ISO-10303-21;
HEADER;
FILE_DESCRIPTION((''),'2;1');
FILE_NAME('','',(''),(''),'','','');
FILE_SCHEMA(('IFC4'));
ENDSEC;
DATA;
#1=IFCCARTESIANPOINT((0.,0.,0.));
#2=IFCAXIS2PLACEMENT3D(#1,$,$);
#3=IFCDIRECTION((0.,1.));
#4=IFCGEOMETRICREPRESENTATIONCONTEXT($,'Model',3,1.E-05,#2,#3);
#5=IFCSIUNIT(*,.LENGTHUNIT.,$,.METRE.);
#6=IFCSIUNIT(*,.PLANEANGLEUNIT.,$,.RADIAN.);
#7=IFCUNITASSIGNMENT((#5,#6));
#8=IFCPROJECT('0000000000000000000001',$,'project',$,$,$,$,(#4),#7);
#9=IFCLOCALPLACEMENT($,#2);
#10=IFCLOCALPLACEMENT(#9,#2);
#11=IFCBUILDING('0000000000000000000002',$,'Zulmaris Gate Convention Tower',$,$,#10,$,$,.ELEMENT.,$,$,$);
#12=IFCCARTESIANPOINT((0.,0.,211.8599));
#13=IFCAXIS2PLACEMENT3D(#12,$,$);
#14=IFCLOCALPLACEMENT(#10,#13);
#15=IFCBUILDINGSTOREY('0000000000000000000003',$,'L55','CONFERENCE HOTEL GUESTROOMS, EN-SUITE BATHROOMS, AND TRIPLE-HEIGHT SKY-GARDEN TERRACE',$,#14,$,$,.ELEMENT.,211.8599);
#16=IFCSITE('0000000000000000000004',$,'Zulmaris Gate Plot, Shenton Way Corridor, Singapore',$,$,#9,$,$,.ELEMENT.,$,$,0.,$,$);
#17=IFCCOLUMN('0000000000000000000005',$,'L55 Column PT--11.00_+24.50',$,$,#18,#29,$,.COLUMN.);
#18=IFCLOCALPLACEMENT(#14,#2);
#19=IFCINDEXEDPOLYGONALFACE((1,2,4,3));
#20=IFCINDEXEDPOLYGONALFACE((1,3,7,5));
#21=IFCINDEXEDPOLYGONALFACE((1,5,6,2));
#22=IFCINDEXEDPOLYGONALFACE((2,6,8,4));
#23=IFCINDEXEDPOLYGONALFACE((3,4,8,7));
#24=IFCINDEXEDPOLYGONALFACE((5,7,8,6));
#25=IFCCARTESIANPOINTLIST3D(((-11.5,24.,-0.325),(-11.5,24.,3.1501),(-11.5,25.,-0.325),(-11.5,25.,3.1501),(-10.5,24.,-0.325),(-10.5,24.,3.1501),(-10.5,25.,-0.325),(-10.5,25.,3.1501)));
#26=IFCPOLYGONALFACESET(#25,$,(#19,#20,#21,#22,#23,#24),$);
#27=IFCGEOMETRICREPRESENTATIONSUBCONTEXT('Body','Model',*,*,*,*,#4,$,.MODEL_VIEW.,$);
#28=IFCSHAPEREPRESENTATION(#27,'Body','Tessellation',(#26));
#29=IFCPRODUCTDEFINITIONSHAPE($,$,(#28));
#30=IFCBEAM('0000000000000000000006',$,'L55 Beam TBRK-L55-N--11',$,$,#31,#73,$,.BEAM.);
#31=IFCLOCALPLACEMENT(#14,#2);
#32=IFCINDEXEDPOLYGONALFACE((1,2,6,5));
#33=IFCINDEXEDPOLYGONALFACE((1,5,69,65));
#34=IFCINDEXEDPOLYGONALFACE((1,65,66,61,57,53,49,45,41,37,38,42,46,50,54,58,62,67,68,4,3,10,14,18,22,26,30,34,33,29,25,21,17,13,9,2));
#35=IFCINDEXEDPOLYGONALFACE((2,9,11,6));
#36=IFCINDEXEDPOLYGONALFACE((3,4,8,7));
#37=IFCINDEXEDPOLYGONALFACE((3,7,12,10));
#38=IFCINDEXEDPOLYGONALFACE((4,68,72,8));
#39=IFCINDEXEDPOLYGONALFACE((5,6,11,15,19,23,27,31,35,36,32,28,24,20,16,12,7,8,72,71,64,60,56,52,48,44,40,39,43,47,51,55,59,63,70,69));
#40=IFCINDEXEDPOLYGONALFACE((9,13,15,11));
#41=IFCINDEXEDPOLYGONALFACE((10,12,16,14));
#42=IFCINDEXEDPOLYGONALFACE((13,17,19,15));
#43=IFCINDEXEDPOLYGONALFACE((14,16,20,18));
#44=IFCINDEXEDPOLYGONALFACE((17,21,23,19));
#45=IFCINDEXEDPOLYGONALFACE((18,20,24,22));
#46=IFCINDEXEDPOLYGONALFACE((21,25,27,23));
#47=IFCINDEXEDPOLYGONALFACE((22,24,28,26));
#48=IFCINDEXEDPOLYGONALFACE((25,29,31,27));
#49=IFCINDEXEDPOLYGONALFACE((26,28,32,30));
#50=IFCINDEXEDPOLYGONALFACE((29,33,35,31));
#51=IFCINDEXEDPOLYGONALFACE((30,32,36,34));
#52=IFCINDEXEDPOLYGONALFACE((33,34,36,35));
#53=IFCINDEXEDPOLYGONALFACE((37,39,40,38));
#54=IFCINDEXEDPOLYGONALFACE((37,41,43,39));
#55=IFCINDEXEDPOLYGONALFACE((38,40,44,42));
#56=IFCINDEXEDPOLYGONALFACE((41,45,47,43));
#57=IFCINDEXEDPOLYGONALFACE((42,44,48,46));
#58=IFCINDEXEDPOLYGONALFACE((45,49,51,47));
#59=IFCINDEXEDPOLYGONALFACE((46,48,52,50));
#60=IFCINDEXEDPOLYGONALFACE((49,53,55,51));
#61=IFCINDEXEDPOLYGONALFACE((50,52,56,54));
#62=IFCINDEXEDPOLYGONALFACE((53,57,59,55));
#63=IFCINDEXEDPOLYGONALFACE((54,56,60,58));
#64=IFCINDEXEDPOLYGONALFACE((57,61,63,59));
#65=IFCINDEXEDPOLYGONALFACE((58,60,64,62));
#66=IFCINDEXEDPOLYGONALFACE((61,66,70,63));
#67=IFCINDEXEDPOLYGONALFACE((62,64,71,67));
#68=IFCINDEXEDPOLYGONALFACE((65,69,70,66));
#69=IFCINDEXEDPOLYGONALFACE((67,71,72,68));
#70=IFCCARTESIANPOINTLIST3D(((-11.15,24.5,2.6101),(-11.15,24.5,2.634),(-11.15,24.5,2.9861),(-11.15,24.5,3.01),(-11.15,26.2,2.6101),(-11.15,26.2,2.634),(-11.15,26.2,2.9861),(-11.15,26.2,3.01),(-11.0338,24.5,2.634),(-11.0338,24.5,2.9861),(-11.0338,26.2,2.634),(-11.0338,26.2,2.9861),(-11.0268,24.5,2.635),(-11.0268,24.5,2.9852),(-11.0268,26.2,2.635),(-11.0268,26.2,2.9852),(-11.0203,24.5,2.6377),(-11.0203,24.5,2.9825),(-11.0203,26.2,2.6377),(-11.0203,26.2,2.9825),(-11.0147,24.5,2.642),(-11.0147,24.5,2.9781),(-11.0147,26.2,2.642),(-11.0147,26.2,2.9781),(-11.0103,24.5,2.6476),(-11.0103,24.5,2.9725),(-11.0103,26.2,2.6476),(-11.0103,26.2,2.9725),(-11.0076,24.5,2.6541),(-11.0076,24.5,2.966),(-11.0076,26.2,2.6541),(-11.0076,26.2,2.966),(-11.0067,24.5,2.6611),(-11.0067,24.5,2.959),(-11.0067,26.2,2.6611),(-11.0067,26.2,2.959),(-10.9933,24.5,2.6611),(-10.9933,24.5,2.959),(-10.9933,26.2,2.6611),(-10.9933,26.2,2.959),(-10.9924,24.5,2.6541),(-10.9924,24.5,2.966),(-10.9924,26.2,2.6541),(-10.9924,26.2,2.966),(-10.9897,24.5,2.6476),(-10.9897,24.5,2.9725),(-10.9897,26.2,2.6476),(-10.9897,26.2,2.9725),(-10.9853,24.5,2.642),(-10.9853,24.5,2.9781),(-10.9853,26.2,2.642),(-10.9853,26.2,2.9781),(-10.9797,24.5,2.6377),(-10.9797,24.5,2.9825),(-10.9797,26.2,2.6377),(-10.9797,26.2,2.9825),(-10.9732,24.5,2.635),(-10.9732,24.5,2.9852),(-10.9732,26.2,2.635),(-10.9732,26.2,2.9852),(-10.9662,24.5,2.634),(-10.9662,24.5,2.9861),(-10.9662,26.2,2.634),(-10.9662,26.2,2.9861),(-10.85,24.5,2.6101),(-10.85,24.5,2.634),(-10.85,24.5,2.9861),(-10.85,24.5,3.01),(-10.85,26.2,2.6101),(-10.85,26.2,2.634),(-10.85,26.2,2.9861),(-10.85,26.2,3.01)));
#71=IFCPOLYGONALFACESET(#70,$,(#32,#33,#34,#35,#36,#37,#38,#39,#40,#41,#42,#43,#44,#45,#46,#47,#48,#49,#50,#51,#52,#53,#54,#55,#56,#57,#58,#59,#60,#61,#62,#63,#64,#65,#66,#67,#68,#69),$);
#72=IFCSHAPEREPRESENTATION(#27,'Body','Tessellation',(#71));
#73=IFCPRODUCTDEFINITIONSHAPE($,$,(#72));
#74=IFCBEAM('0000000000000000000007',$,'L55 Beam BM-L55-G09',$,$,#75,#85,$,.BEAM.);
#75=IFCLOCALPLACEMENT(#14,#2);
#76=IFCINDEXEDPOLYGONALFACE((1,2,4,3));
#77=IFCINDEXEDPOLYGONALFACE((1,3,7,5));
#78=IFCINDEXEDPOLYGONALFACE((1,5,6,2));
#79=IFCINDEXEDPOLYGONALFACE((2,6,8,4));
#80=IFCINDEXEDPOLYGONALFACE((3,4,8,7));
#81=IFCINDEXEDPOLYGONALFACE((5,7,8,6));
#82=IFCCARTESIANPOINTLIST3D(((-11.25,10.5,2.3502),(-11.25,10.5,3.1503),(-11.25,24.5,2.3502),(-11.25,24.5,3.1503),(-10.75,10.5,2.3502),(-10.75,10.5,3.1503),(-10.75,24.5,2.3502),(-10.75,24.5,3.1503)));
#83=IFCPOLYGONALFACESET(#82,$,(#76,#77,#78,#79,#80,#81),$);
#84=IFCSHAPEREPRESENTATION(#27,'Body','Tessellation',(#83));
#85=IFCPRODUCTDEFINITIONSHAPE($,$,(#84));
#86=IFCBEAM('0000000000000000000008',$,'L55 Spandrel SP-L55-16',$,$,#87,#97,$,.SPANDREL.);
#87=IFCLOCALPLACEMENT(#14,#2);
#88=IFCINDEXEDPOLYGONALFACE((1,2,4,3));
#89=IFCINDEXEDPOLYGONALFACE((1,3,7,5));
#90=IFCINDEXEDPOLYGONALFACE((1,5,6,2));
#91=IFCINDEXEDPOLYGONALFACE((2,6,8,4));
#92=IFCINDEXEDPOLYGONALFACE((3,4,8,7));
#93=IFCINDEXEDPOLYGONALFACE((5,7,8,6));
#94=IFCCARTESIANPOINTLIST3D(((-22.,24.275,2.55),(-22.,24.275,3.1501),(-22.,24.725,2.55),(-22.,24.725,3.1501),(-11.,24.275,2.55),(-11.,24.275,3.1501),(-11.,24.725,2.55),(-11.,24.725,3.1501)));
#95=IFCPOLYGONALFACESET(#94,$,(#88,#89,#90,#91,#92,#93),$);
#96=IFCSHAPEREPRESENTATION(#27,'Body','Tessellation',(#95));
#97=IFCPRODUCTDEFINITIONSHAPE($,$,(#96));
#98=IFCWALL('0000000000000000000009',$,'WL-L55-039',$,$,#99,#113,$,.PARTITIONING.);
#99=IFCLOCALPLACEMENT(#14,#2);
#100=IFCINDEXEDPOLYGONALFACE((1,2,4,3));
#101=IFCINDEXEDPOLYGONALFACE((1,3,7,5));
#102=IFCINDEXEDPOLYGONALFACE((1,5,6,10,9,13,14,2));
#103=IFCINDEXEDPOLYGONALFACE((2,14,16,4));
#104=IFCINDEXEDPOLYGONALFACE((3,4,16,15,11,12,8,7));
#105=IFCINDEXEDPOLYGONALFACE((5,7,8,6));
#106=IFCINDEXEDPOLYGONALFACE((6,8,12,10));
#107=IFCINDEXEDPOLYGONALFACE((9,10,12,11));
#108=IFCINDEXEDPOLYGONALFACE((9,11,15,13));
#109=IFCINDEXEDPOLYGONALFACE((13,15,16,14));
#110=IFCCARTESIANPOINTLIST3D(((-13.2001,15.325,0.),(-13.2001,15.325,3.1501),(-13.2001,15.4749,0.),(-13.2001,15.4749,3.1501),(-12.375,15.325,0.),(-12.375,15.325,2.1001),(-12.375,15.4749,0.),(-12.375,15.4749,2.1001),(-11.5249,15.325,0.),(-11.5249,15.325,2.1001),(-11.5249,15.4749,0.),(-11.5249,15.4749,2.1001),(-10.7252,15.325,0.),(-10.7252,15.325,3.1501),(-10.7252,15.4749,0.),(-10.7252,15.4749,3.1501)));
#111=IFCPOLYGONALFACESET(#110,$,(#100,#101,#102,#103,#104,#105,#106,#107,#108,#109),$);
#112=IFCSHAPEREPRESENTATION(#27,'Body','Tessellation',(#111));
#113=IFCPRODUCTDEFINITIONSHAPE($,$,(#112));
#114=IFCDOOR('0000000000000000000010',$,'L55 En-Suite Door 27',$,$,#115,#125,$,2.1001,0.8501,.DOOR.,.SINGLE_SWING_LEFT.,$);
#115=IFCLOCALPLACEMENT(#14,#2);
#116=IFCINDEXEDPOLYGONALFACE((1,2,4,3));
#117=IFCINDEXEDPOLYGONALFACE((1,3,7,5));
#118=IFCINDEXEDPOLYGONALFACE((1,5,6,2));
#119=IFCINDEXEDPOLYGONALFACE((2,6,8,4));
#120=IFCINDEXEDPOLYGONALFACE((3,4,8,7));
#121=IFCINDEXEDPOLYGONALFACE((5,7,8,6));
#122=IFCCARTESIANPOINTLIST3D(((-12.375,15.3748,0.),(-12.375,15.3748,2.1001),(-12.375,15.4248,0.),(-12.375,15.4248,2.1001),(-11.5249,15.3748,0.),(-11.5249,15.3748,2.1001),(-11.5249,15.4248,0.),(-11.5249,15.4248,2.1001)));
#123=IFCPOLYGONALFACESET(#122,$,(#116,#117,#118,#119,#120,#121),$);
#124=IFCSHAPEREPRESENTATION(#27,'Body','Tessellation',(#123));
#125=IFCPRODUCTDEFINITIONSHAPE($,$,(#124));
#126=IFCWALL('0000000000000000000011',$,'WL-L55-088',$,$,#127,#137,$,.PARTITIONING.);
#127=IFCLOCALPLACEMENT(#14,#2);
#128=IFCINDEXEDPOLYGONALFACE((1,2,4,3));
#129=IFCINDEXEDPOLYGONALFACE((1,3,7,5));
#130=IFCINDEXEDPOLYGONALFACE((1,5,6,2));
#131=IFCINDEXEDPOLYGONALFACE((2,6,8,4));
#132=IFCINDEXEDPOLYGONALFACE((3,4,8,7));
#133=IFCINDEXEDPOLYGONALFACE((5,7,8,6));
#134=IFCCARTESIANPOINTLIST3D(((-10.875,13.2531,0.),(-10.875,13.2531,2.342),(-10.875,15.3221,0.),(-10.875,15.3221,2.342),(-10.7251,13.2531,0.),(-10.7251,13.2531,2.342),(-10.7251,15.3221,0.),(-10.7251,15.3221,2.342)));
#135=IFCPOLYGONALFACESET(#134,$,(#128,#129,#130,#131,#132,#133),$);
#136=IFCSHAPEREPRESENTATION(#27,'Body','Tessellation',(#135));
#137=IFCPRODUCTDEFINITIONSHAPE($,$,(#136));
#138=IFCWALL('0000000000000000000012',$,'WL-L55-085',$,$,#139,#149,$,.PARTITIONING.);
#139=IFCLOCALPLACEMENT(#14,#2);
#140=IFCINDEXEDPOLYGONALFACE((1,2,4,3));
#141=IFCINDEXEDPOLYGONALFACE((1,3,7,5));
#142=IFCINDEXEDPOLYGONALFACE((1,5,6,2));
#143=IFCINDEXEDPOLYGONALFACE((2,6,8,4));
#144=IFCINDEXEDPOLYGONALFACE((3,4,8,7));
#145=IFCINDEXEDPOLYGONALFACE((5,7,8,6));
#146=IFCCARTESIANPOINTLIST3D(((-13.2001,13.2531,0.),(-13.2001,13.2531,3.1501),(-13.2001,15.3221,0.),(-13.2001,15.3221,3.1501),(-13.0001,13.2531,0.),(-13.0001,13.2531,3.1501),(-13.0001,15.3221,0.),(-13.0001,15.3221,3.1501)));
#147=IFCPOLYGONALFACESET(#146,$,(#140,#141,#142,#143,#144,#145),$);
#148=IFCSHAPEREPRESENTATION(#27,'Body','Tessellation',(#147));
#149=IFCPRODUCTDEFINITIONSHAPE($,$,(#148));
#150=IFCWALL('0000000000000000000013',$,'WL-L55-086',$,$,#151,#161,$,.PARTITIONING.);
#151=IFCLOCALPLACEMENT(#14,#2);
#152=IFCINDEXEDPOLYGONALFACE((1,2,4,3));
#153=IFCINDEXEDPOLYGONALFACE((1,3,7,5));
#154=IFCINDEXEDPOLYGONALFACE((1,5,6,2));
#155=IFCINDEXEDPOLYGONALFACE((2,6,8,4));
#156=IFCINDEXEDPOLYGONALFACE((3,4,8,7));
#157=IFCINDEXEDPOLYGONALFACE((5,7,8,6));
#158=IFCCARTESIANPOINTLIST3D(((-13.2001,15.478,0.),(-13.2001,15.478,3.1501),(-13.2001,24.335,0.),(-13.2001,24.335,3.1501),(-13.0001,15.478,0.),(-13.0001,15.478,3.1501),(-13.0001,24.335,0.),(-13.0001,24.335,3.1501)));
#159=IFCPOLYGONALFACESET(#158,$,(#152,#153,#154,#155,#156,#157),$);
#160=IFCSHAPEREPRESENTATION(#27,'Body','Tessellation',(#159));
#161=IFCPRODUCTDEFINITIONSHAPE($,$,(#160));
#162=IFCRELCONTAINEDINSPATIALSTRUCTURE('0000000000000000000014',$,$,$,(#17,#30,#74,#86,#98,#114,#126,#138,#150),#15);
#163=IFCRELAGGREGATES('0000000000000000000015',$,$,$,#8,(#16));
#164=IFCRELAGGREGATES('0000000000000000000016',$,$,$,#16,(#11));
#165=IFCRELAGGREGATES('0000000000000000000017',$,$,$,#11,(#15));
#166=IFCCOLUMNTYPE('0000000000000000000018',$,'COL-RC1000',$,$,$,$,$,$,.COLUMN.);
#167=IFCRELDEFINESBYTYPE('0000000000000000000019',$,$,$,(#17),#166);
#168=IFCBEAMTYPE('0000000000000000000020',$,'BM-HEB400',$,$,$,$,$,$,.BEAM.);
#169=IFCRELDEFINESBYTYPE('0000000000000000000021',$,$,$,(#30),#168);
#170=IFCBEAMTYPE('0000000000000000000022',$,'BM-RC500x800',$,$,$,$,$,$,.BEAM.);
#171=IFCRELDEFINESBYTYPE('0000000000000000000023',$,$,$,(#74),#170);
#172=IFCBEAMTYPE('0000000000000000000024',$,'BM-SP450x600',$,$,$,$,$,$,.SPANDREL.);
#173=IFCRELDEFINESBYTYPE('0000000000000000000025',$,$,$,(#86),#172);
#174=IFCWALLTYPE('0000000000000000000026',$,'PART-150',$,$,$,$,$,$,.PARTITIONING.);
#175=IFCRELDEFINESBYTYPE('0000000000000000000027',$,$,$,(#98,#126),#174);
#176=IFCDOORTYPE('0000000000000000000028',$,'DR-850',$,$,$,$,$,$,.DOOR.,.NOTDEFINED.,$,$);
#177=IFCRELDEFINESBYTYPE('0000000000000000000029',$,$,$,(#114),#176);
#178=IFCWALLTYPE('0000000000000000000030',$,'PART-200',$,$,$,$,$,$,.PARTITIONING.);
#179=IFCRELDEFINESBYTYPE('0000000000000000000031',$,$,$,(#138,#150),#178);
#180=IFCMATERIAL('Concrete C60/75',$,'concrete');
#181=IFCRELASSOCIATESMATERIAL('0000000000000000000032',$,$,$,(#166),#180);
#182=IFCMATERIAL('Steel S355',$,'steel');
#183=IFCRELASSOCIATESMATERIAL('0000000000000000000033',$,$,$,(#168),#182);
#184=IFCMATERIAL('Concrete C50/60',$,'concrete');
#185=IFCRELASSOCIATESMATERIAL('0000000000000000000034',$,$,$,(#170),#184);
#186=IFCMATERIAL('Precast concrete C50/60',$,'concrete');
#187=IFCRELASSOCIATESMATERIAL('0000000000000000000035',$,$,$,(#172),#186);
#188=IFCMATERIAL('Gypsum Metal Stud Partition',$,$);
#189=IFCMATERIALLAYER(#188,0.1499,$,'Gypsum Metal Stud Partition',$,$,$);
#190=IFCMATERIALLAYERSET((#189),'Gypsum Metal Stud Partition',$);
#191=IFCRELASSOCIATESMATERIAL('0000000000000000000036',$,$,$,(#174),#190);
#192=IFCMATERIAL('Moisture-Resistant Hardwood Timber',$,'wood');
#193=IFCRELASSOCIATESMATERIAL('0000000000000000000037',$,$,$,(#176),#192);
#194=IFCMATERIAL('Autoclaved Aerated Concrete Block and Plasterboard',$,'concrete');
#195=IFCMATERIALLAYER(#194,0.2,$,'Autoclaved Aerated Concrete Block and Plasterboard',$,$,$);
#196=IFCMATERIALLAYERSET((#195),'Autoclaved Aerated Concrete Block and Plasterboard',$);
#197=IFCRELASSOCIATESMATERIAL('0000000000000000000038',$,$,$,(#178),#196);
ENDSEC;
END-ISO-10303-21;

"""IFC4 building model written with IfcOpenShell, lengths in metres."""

from ifc_helpers import new_model, si_unit, direction, frame, frame_2d, origin, origin_2d, place, context, subcontext, project, spatial, rectangle, i_section, extrude, material, layer, layer_set, material_profile, profile_set, type_object, element, fill, save


model = new_model("IFC4")

# Units and contexts
model_context = context("Model", 3, precision=1e-05, world=origin(), true_north=direction((0.0, 1.0)))
body_context = subcontext(model_context, "Body", "Model", "MODEL_VIEW")
ifc_project = project(units=[si_unit("LENGTHUNIT", "METRE"), si_unit("PLANEANGLEUNIT", "RADIAN")], contexts=[model_context])

# Site, building, storey
site_placement = place(None, origin())
site = spatial("IfcSite", under=ifc_project, at=site_placement, Name="Zulmaris Gate Plot, Shenton Way Corridor, Singapore", CompositionType="ELEMENT", RefElevation=0.0)
building_placement = place(site_placement, origin())
building = spatial("IfcBuilding", under=site, at=building_placement, Name="Zulmaris Gate Convention Tower", CompositionType="ELEMENT")
storey_placement = place(building_placement, frame((0.0, 0.0, 211.8599)))
storey = spatial("IfcBuildingStorey", under=building, at=storey_placement, Name="L55", Description="CONFERENCE HOTEL GUESTROOMS, EN-SUITE BATHROOMS, AND TRIPLE-HEIGHT SKY-GARDEN TERRACE", CompositionType="ELEMENT", Elevation=211.8599)

# Column
ifc_material_1 = material(Name="Concrete C60/75", Category="concrete")
ifc_material_profile_1 = material_profile(ifc_material_1, rectangle(XDim=1.0, YDim=1.0, at=origin_2d()), Name="RC COL 1000x1000")
ifc_profile_set_1 = profile_set([ifc_material_profile_1], Name="Concrete C60/75")
column_type = type_object("IfcColumnType", Name="COL-RC1000", PredefinedType="COLUMN", material=ifc_profile_set_1)
column_placement = place(storey_placement, frame((-11.0, 24.5, -0.325), z_axis=(0.0, 0.0, 1.0), x_axis=(1.0, 0.0, 0.0)))
element("IfcColumn", 1, at=column_placement, inside=storey, type_object=column_type, Name="L55 Column PT--11.00_+24.50", PredefinedType="COLUMN", context=body_context, shape_type="SweptSolid", body=[
    extrude(rectangle(XDim=1.0, YDim=1.0, at=origin_2d()), origin(), (0.0, 0.0, 1.0), 3.4751),
])

# Beams
ifc_material_2 = material(Name="Steel S355", Category="steel")
ifc_material_profile_2 = material_profile(ifc_material_2, i_section(OverallWidth=0.3, OverallDepth=0.3999, WebThickness=0.0134, FlangeThickness=0.0239, FilletRadius=0.0271, at=origin_2d()), Name="HEB 400")
ifc_profile_set_2 = profile_set([ifc_material_profile_2], Name="Steel S355")
beam_type_1 = type_object("IfcBeamType", Name="BM-HEB400", PredefinedType="BEAM", material=ifc_profile_set_2)
beam_1_placement = place(storey_placement, frame((-11.0, 24.5, 2.8101), z_axis=(0.0, 1.0, 0.0), x_axis=(-1.0, 0.0, 0.0)))
element("IfcBeam", 2, at=beam_1_placement, inside=storey, type_object=beam_type_1, Name="L55 Beam TBRK-L55-N--11", PredefinedType="BEAM", context=body_context, shape_type="SweptSolid", body=[
    extrude(i_section(OverallWidth=0.3, OverallDepth=0.3999, WebThickness=0.0134, FlangeThickness=0.0239, FilletRadius=0.0271, at=origin_2d()), origin(), (0.0, 0.0, 1.0), 1.7),
])
ifc_material_3 = material(Name="Concrete C50/60", Category="concrete")
ifc_material_profile_3 = material_profile(ifc_material_3, rectangle(XDim=0.5, YDim=0.8, at=origin_2d()), Name="RC BEAM 500x800")
ifc_profile_set_3 = profile_set([ifc_material_profile_3], Name="Concrete C50/60")
beam_type_2 = type_object("IfcBeamType", Name="BM-RC500x800", PredefinedType="BEAM", material=ifc_profile_set_3)
beam_2_placement = place(storey_placement, frame((-11.0, 10.5, 2.7502), z_axis=(0.0, 1.0, 0.0), x_axis=(-1.0, 0.0, 0.0)))
element("IfcBeam", 3, at=beam_2_placement, inside=storey, type_object=beam_type_2, Name="L55 Beam BM-L55-G09", PredefinedType="BEAM", context=body_context, shape_type="SweptSolid", body=[
    extrude(rectangle(XDim=0.5, YDim=0.8, at=origin_2d()), origin(), (0.0, 0.0, 1.0), 14.0),
])
ifc_material_4 = material(Name="Precast concrete C50/60", Category="concrete")
ifc_material_profile_4 = material_profile(ifc_material_4, rectangle(XDim=0.45, YDim=0.6001, at=origin_2d()), Name="RC SPANDREL 450x600")
ifc_profile_set_4 = profile_set([ifc_material_profile_4], Name="Precast concrete C50/60")
beam_type_3 = type_object("IfcBeamType", Name="BM-SP450x600", PredefinedType="SPANDREL", material=ifc_profile_set_4)
beam_3_placement = place(storey_placement, frame((-11.0, 24.5, 2.8501), z_axis=(-1.0, 0.0, 0.0), x_axis=(0.0, -1.0, 0.0)))
element("IfcBeam", 4, at=beam_3_placement, inside=storey, type_object=beam_type_3, Name="L55 Spandrel SP-L55-16", PredefinedType="SPANDREL", context=body_context, shape_type="SweptSolid", body=[
    extrude(rectangle(XDim=0.45, YDim=0.6001, at=origin_2d()), origin(), (0.0, 0.0, 1.0), 11.0),
])

# Wall, opening, door
ifc_material_5 = material(Name="Gypsum Metal Stud Partition")
ifc_layer_1 = layer(ifc_material_5, 0.1499, Name="Gypsum Metal Stud Partition")
ifc_layer_set_1 = layer_set([ifc_layer_1], Name="Gypsum Metal Stud Partition")
wall_type_1 = type_object("IfcWallType", Name="PART-150", PredefinedType="PARTITIONING", material=ifc_layer_set_1)
wall_1_placement = place(storey_placement, frame((-13.2, 15.3999, 0.0), z_axis=(0.0, 0.0, 1.0), x_axis=(1.0, 0.0, 0.0)))
wall_1 = element("IfcWall", 5, at=wall_1_placement, inside=storey, type_object=wall_type_1, Name="WL-L55-039", PredefinedType="PARTITIONING", context=body_context, shape_type="SweptSolid", body=[
    extrude(rectangle(XDim=2.4749, YDim=0.1499, at=frame_2d((1.2373, 0.0))), origin(), (0.0, 0.0, 1.0), 3.1501),
])
opening_1_placement = place(wall_1_placement, frame((0.825, 0.0, 0.0)))
opening_1 = element("IfcOpeningElement", 6, at=opening_1_placement, cuts=wall_1, PredefinedType="OPENING", context=body_context, shape_type="SweptSolid", body=[
    extrude(rectangle(XDim=0.8501, YDim=2.1001, at=frame_2d((0.425, 1.05))), frame((0.0, 0.085, 0.0), z_axis=(0.0, -1.0, 0.0), x_axis=(1.0, 0.0, 0.0)), (0.0, 0.0, 1.0), 0.1699),
])
ifc_material_6 = material(Name="Moisture-Resistant Hardwood Timber", Category="wood")
door_type = type_object("IfcDoorType", Name="DR-850", OperationType="NOTDEFINED", PredefinedType="DOOR", material=ifc_material_6)
door_placement = place(opening_1_placement, origin())
door = element("IfcDoor", 7, at=door_placement, inside=storey, type_object=door_type, Name="L55 En-Suite Door 27", OperationType="SINGLE_SWING_LEFT", OverallHeight=2.1001, OverallWidth=0.8501, PredefinedType="DOOR", context=body_context, shape_type="SweptSolid", body=[
    extrude(rectangle(XDim=0.8501, YDim=2.1001, at=frame_2d((0.425, 1.05))), frame((0.0, 0.0249, 0.0), z_axis=(0.0, -1.0, 0.0), x_axis=(1.0, 0.0, 0.0)), (0.0, 0.0, 1.0), 0.05),
])
fill(opening_1, door)

# Walls
wall_2_placement = place(storey_placement, frame((-10.8, 13.2529, 0.0), z_axis=(0.0, 0.0, 1.0), x_axis=(0.0, 1.0, 0.0)))
element("IfcWall", 8, at=wall_2_placement, inside=storey, type_object=wall_type_1, Name="WL-L55-088", PredefinedType="PARTITIONING", context=body_context, shape_type="SweptSolid", body=[
    extrude(rectangle(XDim=2.0691, YDim=0.1499, at=frame_2d((1.0347, 0.0))), origin(), (0.0, 0.0, 1.0), 2.342),
])
ifc_material_7 = material(Name="Autoclaved Aerated Concrete Block and Plasterboard", Category="concrete")
ifc_layer_2 = layer(ifc_material_7, 0.2, Name="Autoclaved Aerated Concrete Block and Plasterboard")
ifc_layer_set_2 = layer_set([ifc_layer_2], Name="Autoclaved Aerated Concrete Block and Plasterboard")
wall_type_2 = type_object("IfcWallType", Name="PART-200", PredefinedType="PARTITIONING", material=ifc_layer_set_2)
wall_3_placement = place(storey_placement, frame((-13.1001, 13.2529, 0.0), z_axis=(0.0, 0.0, 1.0), x_axis=(0.0, 1.0, 0.0)))
element("IfcWall", 9, at=wall_3_placement, inside=storey, type_object=wall_type_2, Name="WL-L55-085", PredefinedType="PARTITIONING", context=body_context, shape_type="SweptSolid", body=[
    extrude(rectangle(XDim=2.0691, YDim=0.2, at=frame_2d((1.0347, 0.0))), origin(), (0.0, 0.0, 1.0), 3.1501),
])
wall_4_placement = place(storey_placement, frame((-13.1001, 15.478, 0.0), z_axis=(0.0, 0.0, 1.0), x_axis=(0.0, 1.0, 0.0)))
element("IfcWall", 10, at=wall_4_placement, inside=storey, type_object=wall_type_2, Name="WL-L55-086", PredefinedType="PARTITIONING", context=body_context, shape_type="SweptSolid", body=[
    extrude(rectangle(XDim=8.8569, YDim=0.2, at=frame_2d((4.4285, 0.0))), origin(), (0.0, 0.0, 1.0), 3.1501),
])

save(model, "model.ifc")
